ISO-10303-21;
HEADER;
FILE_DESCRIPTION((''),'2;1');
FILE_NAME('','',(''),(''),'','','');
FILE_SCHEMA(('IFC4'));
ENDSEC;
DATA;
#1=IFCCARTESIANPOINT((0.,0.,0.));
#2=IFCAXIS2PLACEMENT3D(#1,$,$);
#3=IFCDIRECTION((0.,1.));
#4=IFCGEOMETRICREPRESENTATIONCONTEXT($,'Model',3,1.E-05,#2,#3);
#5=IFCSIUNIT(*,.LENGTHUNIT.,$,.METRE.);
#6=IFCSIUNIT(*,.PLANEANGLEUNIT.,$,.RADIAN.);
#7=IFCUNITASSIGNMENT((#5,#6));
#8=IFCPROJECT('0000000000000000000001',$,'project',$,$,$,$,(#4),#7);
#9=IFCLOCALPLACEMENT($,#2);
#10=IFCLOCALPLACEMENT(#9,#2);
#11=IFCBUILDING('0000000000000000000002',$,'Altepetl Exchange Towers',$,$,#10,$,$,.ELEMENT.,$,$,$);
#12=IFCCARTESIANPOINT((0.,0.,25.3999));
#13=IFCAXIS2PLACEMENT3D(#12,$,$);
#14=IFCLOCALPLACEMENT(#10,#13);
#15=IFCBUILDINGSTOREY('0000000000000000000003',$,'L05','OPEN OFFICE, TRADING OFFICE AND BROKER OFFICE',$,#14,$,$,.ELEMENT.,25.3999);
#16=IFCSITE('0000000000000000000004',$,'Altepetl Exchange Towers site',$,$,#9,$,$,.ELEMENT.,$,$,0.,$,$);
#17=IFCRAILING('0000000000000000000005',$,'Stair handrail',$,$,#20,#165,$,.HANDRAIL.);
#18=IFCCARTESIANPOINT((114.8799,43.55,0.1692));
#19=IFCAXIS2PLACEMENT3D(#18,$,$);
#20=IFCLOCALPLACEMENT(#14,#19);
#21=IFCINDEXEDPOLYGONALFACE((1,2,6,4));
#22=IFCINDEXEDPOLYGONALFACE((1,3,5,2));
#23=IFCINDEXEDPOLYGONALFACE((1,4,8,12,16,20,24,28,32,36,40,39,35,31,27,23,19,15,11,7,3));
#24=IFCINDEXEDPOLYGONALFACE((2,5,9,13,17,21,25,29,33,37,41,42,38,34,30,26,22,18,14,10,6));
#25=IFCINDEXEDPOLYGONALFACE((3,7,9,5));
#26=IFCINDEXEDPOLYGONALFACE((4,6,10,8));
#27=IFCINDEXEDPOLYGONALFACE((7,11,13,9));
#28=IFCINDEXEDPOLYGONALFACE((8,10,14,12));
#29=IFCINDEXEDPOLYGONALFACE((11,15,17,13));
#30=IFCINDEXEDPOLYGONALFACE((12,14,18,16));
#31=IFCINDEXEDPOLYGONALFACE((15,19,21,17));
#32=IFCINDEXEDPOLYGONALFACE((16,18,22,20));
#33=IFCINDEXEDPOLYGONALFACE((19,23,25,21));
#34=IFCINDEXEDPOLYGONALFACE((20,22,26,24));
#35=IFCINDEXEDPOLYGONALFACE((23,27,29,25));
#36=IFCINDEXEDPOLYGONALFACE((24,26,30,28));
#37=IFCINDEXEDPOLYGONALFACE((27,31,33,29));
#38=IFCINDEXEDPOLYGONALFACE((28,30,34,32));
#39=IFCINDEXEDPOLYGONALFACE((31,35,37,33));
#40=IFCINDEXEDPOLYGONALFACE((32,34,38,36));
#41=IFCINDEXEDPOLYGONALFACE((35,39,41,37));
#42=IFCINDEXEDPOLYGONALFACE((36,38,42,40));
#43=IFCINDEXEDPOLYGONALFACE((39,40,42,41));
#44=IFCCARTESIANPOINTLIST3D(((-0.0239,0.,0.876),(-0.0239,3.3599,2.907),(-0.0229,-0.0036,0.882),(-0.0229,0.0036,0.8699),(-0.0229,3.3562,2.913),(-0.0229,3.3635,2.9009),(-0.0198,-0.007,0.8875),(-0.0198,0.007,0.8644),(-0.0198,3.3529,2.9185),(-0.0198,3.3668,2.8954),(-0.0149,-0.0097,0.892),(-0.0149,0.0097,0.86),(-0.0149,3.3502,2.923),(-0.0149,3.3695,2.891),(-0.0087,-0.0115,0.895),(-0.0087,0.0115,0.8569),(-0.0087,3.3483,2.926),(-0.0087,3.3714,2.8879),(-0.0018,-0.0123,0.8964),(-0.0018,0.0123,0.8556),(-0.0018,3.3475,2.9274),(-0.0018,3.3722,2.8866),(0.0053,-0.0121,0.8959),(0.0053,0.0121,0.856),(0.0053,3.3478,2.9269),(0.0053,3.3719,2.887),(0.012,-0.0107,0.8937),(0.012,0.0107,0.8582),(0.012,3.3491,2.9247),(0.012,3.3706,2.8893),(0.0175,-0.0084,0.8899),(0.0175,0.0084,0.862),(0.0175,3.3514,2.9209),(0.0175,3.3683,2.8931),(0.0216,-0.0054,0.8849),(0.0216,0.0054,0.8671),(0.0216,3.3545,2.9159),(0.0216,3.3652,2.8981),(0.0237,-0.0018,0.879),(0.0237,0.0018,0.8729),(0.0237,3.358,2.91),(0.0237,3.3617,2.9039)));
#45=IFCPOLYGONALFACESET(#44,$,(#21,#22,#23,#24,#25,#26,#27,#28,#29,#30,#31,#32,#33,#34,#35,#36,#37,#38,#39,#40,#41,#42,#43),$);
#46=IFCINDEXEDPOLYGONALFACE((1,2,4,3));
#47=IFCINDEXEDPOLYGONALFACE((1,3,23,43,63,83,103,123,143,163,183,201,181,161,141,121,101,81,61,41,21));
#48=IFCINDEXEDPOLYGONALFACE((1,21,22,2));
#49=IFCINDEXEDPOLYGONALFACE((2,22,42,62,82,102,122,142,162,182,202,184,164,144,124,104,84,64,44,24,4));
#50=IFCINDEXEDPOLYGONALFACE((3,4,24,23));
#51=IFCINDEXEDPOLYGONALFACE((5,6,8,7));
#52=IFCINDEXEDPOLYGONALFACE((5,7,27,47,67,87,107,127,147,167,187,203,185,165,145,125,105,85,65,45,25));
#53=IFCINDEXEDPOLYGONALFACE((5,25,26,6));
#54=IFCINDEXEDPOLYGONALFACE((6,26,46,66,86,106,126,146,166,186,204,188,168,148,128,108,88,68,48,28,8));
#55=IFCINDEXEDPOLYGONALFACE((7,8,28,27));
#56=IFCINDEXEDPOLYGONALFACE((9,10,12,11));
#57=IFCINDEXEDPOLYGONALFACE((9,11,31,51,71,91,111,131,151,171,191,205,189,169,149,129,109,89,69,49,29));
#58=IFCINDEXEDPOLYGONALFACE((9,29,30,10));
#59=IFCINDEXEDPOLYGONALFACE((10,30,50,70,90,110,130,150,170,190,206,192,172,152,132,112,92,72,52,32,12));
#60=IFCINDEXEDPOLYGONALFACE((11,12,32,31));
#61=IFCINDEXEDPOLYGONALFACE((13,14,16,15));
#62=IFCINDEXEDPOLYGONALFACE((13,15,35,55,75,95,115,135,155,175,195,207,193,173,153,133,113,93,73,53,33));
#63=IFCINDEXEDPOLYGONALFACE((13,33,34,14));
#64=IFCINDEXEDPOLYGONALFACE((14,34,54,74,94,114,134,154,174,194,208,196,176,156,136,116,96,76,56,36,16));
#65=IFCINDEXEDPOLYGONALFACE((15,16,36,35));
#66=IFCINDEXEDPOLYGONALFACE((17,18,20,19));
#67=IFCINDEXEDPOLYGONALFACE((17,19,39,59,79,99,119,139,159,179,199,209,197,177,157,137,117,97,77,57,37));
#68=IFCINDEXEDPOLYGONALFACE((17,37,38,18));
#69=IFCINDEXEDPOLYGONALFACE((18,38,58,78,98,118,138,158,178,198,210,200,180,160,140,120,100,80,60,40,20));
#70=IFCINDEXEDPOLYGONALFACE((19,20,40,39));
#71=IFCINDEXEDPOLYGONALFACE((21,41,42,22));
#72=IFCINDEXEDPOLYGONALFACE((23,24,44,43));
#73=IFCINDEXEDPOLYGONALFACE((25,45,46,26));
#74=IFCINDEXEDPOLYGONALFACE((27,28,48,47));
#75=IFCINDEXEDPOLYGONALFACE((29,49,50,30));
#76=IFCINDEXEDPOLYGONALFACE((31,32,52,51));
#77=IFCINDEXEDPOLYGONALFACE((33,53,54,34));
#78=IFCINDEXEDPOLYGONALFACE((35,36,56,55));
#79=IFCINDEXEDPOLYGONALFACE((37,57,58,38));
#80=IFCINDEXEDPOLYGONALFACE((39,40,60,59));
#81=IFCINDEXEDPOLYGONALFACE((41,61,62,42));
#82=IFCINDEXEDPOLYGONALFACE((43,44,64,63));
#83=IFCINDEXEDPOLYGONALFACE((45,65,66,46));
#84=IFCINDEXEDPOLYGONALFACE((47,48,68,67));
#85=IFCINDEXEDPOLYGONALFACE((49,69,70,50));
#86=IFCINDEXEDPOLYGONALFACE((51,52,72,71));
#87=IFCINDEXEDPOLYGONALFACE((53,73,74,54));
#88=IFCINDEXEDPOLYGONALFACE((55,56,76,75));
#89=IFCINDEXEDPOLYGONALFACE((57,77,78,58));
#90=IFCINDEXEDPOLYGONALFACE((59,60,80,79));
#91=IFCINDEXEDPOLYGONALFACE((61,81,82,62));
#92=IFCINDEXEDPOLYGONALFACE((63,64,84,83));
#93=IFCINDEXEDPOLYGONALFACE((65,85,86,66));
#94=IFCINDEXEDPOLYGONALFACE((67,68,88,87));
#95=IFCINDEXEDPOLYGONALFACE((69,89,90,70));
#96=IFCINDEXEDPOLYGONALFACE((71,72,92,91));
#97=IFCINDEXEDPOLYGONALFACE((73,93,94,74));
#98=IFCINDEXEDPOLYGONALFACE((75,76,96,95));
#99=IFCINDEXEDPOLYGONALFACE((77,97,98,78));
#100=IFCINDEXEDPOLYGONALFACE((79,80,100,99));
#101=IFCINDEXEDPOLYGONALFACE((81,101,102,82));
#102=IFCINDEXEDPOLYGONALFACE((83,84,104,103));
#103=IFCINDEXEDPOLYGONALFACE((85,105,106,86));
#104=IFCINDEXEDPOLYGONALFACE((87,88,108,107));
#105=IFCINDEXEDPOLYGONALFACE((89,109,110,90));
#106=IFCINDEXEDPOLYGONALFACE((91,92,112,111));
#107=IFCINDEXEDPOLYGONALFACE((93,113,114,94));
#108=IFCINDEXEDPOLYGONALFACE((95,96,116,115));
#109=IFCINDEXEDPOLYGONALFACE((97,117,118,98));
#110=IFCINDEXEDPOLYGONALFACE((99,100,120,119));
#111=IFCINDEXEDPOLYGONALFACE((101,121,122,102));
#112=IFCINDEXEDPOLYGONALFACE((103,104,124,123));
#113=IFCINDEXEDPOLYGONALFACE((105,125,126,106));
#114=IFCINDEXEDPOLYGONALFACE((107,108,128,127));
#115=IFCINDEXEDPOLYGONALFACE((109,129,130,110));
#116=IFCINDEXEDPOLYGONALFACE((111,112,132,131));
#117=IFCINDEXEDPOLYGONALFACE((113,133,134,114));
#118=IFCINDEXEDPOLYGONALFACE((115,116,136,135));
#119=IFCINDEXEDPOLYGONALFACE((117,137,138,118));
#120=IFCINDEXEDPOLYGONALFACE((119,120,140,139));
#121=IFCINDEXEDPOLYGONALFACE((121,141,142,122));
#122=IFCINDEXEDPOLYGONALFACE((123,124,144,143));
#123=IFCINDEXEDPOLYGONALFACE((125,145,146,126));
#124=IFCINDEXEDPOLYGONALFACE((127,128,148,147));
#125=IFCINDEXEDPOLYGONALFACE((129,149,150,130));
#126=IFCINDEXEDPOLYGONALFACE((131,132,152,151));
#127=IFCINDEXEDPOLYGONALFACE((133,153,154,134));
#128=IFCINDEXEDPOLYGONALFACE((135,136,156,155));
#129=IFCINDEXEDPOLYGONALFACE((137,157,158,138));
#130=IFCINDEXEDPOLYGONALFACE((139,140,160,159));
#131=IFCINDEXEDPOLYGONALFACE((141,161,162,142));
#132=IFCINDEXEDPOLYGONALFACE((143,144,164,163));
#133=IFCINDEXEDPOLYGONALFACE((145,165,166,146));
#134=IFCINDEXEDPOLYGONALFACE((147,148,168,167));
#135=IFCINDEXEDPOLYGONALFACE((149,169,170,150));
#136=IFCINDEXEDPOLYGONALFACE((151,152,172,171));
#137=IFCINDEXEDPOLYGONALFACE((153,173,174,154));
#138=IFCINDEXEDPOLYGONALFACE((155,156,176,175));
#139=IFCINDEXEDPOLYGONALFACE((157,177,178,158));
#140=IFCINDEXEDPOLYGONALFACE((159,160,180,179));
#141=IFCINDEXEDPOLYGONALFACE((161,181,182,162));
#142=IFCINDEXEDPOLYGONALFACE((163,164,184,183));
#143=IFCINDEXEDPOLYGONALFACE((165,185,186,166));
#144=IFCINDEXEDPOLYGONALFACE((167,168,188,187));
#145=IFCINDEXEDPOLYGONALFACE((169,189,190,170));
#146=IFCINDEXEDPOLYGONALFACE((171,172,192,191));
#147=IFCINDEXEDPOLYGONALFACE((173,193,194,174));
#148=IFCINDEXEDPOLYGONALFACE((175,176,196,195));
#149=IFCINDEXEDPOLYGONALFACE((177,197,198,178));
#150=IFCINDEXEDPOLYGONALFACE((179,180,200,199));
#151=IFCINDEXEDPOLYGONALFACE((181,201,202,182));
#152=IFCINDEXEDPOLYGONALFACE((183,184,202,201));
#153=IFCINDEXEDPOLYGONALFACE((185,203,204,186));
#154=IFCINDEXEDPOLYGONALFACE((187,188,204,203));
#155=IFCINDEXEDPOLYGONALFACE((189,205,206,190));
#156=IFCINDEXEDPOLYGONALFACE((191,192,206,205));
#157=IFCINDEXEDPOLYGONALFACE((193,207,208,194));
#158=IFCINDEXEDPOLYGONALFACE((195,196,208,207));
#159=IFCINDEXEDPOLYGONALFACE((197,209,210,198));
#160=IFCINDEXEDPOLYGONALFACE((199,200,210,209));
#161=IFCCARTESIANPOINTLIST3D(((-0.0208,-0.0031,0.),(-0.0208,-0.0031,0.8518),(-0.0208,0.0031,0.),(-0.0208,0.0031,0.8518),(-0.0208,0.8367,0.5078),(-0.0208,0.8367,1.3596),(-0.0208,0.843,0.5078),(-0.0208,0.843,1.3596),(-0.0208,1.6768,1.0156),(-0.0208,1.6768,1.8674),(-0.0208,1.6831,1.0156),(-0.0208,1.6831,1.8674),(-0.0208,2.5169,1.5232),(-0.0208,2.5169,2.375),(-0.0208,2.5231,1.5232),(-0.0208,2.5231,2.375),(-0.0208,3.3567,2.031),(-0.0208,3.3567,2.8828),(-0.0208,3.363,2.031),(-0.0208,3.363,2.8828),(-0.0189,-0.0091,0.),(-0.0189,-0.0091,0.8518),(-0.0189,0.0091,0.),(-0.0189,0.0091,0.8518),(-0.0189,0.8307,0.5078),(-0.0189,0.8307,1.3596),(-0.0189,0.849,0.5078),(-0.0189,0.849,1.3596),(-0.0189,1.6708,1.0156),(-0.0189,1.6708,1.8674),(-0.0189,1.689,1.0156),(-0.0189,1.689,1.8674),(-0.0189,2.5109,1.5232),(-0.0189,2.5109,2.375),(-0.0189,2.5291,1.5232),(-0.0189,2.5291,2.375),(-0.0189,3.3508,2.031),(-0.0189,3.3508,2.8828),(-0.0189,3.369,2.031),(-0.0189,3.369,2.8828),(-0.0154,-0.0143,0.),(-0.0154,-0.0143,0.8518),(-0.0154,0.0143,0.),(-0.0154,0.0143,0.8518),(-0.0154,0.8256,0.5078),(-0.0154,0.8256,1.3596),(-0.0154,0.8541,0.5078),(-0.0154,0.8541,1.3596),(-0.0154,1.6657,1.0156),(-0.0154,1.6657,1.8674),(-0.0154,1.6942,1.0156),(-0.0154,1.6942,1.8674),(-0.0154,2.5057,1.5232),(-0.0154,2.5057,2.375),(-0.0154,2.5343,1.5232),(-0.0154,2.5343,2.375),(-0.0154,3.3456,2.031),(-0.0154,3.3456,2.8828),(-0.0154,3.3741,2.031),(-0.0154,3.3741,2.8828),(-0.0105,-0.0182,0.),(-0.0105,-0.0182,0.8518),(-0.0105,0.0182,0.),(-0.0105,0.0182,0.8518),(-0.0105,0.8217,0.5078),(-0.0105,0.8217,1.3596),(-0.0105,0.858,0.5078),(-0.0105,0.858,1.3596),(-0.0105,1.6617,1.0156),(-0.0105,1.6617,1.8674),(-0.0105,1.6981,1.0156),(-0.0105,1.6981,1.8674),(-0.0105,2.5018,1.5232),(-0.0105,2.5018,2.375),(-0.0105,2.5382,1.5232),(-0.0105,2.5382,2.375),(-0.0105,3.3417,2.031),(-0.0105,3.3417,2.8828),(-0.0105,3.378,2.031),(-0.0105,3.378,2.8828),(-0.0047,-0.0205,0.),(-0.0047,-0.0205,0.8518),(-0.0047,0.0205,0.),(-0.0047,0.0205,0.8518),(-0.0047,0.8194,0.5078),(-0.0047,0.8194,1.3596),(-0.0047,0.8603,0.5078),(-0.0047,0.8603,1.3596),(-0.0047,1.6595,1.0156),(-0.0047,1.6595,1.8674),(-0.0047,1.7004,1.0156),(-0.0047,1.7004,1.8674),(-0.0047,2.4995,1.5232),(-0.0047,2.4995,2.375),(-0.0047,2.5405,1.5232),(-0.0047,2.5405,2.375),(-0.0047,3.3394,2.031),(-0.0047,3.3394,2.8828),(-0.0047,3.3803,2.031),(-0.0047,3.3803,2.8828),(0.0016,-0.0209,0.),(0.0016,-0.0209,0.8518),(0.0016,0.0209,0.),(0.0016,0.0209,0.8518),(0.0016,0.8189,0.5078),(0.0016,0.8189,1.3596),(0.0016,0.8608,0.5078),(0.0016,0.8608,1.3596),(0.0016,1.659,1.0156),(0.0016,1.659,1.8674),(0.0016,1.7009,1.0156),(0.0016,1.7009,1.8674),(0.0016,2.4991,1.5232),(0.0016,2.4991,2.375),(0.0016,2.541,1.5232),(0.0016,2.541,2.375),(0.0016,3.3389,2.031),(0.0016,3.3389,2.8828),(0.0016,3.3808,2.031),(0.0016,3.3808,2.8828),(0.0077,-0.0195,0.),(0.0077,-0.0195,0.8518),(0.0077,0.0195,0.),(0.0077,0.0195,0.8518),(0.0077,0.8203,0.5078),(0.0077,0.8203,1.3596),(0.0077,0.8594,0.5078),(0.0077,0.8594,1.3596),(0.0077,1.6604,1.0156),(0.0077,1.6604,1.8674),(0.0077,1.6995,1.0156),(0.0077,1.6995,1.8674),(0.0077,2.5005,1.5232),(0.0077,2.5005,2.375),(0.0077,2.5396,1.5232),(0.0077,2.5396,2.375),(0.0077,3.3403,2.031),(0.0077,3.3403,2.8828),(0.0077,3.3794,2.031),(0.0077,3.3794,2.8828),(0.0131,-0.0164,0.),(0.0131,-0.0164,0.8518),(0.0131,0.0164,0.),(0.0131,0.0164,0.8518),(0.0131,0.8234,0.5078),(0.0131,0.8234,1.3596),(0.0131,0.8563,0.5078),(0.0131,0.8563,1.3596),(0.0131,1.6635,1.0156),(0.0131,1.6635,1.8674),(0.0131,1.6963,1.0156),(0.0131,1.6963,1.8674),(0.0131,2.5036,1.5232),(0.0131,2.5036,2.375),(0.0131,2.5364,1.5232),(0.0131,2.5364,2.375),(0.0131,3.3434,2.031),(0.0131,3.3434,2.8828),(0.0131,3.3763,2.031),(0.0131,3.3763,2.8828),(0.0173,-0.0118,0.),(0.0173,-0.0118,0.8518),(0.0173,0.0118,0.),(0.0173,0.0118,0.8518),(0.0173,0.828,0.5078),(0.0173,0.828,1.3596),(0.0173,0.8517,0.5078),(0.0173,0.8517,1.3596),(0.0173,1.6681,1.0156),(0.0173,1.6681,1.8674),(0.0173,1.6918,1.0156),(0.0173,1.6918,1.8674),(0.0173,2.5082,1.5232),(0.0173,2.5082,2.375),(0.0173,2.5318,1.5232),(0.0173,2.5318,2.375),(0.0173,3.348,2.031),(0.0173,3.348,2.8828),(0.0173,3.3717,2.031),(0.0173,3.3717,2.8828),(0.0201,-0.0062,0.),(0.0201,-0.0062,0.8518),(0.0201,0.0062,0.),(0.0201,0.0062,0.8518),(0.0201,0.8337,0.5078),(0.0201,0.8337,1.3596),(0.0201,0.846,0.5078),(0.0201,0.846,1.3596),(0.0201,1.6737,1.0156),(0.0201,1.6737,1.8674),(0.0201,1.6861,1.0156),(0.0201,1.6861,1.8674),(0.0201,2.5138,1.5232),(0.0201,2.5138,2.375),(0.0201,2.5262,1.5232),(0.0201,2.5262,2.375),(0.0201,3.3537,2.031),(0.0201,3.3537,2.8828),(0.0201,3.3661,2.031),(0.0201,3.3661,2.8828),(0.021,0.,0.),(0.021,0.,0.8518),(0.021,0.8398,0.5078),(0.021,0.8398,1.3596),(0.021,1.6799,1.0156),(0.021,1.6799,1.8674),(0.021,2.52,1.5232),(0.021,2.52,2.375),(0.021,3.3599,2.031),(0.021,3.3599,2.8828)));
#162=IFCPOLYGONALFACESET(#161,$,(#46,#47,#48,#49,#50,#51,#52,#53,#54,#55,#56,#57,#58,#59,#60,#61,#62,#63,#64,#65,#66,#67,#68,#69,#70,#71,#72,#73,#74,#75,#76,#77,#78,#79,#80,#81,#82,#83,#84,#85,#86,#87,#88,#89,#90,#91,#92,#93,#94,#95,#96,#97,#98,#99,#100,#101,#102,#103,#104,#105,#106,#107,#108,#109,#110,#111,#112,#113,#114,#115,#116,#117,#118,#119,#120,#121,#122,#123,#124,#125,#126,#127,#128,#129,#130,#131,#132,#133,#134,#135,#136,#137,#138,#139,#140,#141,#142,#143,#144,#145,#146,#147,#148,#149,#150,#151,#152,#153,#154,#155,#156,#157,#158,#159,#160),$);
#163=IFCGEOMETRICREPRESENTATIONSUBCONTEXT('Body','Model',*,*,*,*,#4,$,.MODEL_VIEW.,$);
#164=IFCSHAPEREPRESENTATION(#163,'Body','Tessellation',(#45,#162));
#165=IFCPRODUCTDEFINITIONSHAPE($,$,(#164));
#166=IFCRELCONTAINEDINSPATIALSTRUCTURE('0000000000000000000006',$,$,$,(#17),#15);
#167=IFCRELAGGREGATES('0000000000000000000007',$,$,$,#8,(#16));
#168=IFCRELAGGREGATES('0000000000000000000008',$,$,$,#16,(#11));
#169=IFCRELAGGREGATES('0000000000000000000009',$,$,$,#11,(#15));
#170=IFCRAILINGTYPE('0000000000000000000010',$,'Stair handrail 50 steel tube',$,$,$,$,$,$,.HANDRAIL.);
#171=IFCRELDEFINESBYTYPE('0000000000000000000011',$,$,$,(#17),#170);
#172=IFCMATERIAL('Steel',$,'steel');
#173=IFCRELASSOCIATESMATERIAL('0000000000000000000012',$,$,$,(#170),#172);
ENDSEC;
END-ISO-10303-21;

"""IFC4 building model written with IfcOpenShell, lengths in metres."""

from ifc_helpers import new_model, si_unit, direction, frame, origin, origin_2d, place, context, subcontext, project, spatial, circle, extrude, source, transform, mapped, material, type_object, element, save


model = new_model("IFC4")

# Units and contexts
model_context = context("Model", 3, precision=1e-05, world=origin(), true_north=direction((0.0, 1.0)))
body_context = subcontext(model_context, "Body", "Model", "MODEL_VIEW")
ifc_project = project(units=[si_unit("LENGTHUNIT", "METRE"), si_unit("PLANEANGLEUNIT", "RADIAN")], contexts=[model_context])

# Site, building, storey
site_placement = place(None, origin())
site = spatial("IfcSite", under=ifc_project, at=site_placement, Name="Altepetl Exchange Towers site", CompositionType="ELEMENT", RefElevation=0.0)
building_placement = place(site_placement, origin())
building = spatial("IfcBuilding", under=site, at=building_placement, Name="Altepetl Exchange Towers", CompositionType="ELEMENT")
storey_placement = place(building_placement, frame((0.0, 0.0, 25.3999)))
storey = spatial("IfcBuildingStorey", under=building, at=storey_placement, Name="L05", Description="OPEN OFFICE, TRADING OFFICE AND BROKER OFFICE", CompositionType="ELEMENT", Elevation=25.3999)

# Railing
ifc_material_1 = material(Name="Steel", Category="steel")
railing_type = type_object("IfcRailingType", Name="Stair handrail 50 steel tube", PredefinedType="HANDRAIL", material=ifc_material_1)
shared_shape = source(origin(), body_context, "Body", "SweptSolid", [
    extrude(circle(Radius=0.021, at=origin_2d()), origin(), (0.0, 0.0, 1.0), 0.8518),
])
railing_1_placement = place(storey_placement, frame((114.8799, 43.55, 0.1692)))
element("IfcRailing", 1, at=railing_1_placement, inside=storey, type_object=railing_type, Name="Stair handrail", PredefinedType="HANDRAIL", context=body_context, shape_type="SweptSolid", body=[
    extrude(circle(Radius=0.0239, at=origin_2d()), frame((0.0, 0.0, 0.876), z_axis=(0.0, 0.855793, 0.517319), x_axis=(-1.0, 0.0, 0.0)), (0.0, 0.0, 1.0), 3.926),
    mapped(shared_shape, transform((0.0, 0.0, 0.0))),
    mapped(shared_shape, transform((0.0, 0.8398, 0.5078))),
    mapped(shared_shape, transform((0.0, 1.6799, 1.0156))),
    mapped(shared_shape, transform((0.0, 2.52, 1.5232))),
    mapped(shared_shape, transform((0.0, 3.3599, 2.031))),
])

save(model, "model.ifc")
